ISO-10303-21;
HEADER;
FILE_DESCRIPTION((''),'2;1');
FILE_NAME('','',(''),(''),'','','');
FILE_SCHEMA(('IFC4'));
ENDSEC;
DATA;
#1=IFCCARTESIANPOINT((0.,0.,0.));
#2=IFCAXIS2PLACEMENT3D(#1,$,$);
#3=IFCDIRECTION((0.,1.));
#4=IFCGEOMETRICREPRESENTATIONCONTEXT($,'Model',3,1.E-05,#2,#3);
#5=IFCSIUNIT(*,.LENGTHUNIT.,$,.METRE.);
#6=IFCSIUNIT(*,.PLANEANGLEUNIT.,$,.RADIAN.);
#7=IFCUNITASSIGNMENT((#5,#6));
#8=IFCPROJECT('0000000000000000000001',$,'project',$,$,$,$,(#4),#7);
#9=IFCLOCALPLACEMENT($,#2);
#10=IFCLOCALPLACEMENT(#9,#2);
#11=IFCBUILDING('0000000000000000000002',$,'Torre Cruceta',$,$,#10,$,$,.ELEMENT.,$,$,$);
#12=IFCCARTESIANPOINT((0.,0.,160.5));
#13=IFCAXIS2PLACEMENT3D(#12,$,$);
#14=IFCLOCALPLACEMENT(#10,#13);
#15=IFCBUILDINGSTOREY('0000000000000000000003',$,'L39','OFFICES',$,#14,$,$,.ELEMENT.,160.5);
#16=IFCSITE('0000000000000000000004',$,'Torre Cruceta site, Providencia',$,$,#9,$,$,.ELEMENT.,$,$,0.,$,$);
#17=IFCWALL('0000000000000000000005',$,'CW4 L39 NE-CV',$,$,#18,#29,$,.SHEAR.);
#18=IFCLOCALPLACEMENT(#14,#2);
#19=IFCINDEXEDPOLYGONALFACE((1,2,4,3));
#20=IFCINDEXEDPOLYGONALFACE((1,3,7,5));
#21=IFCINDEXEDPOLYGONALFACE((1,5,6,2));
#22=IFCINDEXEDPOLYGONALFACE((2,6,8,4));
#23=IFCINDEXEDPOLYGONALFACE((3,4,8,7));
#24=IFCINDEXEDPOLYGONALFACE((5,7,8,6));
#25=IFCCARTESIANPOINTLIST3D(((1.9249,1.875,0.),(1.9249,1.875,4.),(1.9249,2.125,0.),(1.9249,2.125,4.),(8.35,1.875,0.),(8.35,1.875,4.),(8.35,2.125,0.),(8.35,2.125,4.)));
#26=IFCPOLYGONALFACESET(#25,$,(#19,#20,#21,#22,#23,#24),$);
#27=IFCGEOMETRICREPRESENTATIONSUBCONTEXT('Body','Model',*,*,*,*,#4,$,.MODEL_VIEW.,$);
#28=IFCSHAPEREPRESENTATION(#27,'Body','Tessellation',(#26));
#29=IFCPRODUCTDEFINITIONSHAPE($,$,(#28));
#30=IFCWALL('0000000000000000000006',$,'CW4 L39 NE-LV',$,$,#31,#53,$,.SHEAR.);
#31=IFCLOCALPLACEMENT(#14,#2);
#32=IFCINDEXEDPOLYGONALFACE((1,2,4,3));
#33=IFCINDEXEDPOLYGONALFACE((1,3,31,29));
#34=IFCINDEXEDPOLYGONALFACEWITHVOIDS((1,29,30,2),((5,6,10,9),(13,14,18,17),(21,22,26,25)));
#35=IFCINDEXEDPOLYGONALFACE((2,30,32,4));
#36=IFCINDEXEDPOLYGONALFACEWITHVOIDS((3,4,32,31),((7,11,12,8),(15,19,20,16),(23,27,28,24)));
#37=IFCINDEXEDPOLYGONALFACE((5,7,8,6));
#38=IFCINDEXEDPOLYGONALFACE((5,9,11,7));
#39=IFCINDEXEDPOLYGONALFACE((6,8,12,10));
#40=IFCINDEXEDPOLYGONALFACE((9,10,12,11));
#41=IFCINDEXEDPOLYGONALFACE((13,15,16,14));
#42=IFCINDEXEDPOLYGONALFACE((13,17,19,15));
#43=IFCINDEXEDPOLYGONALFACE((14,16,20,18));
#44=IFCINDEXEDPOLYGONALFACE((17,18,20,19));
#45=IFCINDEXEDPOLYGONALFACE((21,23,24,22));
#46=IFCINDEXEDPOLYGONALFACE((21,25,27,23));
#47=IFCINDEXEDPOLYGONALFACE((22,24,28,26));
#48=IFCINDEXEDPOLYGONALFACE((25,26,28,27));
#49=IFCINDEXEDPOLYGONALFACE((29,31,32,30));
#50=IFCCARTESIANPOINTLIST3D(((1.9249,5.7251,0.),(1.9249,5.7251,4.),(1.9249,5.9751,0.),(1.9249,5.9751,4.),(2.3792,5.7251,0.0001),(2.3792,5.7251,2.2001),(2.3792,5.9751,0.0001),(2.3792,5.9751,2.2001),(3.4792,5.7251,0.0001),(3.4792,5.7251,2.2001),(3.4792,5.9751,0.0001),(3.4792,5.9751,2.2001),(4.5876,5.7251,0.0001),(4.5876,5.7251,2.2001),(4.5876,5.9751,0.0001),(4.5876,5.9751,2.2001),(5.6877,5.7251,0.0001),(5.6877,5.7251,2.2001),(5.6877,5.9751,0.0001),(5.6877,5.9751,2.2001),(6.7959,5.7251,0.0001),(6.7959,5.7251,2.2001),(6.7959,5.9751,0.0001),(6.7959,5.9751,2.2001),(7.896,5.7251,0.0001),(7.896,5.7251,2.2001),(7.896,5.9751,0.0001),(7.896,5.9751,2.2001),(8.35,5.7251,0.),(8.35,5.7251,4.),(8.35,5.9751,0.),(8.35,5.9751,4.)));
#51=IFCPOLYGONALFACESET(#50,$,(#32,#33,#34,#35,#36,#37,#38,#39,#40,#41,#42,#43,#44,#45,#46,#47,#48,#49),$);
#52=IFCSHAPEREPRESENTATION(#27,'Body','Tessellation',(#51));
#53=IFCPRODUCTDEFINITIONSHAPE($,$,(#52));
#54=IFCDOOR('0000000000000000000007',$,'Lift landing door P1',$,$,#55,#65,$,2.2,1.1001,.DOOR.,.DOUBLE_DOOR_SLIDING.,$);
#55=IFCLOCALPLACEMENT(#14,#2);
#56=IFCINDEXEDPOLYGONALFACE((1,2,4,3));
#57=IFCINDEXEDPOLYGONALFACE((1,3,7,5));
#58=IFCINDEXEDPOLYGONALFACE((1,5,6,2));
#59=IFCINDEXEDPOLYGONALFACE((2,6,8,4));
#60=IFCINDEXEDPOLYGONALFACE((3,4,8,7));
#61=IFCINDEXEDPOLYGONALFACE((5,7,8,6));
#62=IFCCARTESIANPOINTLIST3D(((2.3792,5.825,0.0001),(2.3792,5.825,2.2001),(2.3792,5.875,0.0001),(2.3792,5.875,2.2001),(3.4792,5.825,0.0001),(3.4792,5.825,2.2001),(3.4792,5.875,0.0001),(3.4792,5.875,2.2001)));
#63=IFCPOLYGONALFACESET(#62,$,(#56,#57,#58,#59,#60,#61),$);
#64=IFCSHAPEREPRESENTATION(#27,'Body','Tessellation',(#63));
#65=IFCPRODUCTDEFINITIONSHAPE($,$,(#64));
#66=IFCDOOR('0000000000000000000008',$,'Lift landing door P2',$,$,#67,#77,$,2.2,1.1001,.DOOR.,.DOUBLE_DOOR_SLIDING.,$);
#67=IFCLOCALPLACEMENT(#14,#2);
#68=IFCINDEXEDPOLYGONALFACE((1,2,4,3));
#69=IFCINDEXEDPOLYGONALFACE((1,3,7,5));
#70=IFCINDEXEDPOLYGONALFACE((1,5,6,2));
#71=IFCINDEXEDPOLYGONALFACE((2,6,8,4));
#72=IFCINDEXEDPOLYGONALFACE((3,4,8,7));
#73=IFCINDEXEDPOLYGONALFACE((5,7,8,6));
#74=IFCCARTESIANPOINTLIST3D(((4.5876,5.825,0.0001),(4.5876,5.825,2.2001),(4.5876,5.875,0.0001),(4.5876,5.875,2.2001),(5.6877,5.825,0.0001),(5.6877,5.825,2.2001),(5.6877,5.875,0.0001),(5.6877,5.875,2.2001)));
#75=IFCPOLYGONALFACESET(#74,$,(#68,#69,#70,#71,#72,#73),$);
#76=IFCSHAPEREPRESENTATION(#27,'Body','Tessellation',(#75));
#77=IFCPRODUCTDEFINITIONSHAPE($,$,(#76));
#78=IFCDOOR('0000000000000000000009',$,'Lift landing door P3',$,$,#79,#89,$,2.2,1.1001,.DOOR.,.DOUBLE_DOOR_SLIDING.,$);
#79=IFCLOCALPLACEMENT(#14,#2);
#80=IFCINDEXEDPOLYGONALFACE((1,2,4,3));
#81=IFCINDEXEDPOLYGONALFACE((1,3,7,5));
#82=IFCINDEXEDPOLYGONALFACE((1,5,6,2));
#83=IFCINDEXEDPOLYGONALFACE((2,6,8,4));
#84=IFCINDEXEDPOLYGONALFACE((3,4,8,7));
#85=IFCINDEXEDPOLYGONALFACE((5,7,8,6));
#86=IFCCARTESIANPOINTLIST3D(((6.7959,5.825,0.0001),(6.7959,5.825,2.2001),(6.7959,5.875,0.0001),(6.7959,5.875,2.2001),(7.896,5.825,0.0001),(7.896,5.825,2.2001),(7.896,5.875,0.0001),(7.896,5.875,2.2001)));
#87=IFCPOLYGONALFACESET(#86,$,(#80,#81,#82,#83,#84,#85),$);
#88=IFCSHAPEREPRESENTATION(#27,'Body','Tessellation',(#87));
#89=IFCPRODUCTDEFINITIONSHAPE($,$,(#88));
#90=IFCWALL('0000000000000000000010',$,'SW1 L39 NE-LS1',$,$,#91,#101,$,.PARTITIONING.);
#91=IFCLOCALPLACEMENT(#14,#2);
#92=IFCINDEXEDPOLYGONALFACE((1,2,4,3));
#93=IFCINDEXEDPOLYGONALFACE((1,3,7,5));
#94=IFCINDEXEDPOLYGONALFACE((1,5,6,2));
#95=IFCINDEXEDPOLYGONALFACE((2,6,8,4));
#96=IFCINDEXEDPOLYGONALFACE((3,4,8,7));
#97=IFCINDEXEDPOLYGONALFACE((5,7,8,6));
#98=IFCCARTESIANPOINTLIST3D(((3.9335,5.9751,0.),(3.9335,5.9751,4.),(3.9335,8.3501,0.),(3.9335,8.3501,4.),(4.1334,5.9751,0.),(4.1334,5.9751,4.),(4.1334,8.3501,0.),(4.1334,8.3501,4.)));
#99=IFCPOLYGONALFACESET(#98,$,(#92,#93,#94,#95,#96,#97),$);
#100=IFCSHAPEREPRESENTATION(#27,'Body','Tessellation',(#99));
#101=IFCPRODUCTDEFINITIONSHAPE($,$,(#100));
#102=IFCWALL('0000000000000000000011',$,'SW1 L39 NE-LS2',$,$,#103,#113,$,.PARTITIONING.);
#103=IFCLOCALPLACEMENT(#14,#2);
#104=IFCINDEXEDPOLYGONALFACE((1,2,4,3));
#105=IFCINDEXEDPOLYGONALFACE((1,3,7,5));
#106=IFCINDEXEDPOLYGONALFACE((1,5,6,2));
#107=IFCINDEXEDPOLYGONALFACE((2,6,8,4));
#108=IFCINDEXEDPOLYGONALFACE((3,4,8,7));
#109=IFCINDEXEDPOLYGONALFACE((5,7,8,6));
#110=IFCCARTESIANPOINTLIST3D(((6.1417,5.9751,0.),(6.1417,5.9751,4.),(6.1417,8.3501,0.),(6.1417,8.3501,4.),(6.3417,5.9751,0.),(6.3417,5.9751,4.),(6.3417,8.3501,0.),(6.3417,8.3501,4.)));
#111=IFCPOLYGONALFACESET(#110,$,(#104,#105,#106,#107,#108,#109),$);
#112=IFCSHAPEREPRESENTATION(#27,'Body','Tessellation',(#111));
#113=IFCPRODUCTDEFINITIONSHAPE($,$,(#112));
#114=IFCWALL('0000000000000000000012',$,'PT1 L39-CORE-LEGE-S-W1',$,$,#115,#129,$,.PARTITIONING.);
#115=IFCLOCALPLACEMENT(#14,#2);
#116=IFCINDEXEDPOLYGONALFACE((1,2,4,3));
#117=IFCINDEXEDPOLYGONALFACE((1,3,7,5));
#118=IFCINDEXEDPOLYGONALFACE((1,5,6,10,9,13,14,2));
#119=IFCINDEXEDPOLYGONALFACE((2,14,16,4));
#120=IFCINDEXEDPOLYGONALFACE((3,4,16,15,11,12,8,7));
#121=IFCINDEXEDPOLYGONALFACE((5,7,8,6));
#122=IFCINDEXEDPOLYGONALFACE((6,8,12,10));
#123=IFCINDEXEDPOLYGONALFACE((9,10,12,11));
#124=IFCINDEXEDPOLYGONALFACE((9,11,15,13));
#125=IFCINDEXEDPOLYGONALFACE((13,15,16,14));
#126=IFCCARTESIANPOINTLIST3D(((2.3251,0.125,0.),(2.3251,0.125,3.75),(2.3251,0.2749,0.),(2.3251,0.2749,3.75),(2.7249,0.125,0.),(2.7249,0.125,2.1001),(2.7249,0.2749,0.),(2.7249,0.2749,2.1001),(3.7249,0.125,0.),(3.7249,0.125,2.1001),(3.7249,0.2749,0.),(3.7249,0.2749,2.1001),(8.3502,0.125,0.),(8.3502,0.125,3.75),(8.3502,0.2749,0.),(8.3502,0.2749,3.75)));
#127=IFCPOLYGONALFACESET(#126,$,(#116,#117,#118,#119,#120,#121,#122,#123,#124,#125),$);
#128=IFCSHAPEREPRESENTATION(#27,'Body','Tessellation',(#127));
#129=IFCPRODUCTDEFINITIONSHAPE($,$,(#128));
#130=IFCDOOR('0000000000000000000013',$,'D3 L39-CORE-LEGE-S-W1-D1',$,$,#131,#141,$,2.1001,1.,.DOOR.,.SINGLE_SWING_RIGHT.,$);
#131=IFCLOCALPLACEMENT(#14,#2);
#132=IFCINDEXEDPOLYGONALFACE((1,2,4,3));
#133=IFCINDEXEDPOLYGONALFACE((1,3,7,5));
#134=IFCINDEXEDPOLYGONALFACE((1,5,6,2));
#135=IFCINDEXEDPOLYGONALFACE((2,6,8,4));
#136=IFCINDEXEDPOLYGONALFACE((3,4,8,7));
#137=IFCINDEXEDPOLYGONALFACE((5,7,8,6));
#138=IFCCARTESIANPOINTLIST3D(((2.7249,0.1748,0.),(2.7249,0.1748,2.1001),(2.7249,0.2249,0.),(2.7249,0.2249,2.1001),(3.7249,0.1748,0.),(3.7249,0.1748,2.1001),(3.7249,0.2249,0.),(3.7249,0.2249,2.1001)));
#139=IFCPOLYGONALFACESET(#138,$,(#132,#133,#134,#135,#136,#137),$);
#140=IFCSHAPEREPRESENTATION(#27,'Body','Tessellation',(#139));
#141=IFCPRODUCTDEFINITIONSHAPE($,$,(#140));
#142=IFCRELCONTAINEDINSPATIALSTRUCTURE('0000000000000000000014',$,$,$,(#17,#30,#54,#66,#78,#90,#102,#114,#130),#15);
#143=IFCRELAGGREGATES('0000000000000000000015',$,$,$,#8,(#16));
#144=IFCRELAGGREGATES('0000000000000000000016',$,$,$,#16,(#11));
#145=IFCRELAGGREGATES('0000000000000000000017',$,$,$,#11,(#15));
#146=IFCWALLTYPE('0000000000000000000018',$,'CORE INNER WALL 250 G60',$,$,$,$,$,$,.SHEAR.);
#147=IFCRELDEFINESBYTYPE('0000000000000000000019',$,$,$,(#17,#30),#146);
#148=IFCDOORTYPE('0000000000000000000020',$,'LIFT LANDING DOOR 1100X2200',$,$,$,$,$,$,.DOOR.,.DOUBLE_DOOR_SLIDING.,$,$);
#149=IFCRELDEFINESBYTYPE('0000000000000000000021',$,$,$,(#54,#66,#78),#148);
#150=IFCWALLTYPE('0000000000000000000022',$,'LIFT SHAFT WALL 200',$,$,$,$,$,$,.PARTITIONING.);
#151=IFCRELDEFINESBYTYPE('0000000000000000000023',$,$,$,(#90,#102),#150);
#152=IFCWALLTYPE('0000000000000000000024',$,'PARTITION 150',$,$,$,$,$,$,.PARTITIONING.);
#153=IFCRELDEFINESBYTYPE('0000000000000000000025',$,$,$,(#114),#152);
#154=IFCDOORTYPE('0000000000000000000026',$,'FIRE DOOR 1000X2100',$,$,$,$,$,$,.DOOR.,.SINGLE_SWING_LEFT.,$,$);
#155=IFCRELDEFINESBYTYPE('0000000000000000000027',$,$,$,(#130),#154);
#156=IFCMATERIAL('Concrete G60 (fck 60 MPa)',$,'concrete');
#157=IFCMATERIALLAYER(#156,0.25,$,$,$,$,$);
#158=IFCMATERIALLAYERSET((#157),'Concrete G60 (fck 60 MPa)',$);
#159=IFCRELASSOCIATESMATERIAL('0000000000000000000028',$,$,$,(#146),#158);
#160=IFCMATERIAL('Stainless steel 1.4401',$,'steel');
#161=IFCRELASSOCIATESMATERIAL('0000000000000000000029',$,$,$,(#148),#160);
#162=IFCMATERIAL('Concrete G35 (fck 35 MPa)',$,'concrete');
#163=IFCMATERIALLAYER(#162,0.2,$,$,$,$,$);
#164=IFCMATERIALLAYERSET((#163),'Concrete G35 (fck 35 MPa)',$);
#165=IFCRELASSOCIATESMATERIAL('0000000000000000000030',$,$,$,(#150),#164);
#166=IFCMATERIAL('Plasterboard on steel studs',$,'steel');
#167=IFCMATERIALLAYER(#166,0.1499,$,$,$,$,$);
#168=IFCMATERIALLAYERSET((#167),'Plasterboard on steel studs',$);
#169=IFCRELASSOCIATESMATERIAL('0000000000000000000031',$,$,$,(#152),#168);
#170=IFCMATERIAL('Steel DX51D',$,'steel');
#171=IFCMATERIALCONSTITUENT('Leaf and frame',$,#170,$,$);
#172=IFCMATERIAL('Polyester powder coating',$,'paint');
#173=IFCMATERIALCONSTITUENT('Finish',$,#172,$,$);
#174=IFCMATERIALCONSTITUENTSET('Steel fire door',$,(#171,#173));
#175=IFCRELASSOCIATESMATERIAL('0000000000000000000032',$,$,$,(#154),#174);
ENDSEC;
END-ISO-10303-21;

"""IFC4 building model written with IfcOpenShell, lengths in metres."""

from ifc_helpers import new_model, si_unit, direction, frame, frame_2d, origin, place, context, subcontext, project, spatial, rectangle, extrude, material, layer, layer_set, constituent, constituent_set, type_object, element, fill, save


model = new_model("IFC4")

# Units and contexts
model_context = context("Model", 3, precision=1e-05, world=origin(), true_north=direction((0.0, 1.0)))
body_context = subcontext(model_context, "Body", "Model", "MODEL_VIEW")
ifc_project = project(units=[si_unit("LENGTHUNIT", "METRE"), si_unit("PLANEANGLEUNIT", "RADIAN")], contexts=[model_context])

# Site, building, storey
site_placement = place(None, origin())
site = spatial("IfcSite", under=ifc_project, at=site_placement, Name="Torre Cruceta site, Providencia", CompositionType="ELEMENT", RefElevation=0.0)
building_placement = place(site_placement, origin())
building = spatial("IfcBuilding", under=site, at=building_placement, Name="Torre Cruceta", CompositionType="ELEMENT")
storey_placement = place(building_placement, frame((0.0, 0.0, 160.5)))
storey = spatial("IfcBuildingStorey", under=building, at=storey_placement, Name="L39", Description="OFFICES", CompositionType="ELEMENT", Elevation=160.5)

# Shared definitions
ifc_material_1 = material(Name="Concrete G60 (fck 60 MPa)", Category="concrete")
ifc_layer_1 = layer(ifc_material_1, 0.25)
ifc_layer_set_1 = layer_set([ifc_layer_1], Name="Concrete G60 (fck 60 MPa)")
wall_type_1 = type_object("IfcWallType", Name="CORE INNER WALL 250 G60", PredefinedType="SHEAR", material=ifc_layer_set_1)

# Wall
wall_1_placement = place(storey_placement, frame((1.925, 2.0, 0.0), z_axis=(0.0, 0.0, 1.0), x_axis=(1.0, 0.0, 0.0)))
element("IfcWall", 1, at=wall_1_placement, inside=storey, type_object=wall_type_1, Name="CW4 L39 NE-CV", PredefinedType="SHEAR", context=body_context, shape_type="SweptSolid", body=[
    extrude(rectangle(XDim=6.425, YDim=0.25, at=frame_2d((3.2124, 0.0))), origin(), (0.0, 0.0, 1.0), 4.0),
])

# Wall, openings, doors
wall_2_placement = place(storey_placement, frame((1.925, 5.8501, 0.0), z_axis=(0.0, 0.0, 1.0), x_axis=(1.0, 0.0, 0.0)))
wall_2 = element("IfcWall", 2, at=wall_2_placement, inside=storey, type_object=wall_type_1, Name="CW4 L39 NE-LV", PredefinedType="SHEAR", context=body_context, shape_type="SweptSolid", body=[
    extrude(rectangle(XDim=6.425, YDim=0.25, at=frame_2d((3.2124, 0.0))), origin(), (0.0, 0.0, 1.0), 4.0),
])
opening_1_placement = place(wall_2_placement, frame((0.4541, 0.0, 0.0)))
opening_1 = element("IfcOpeningElement", 3, at=opening_1_placement, cuts=wall_2, PredefinedType="OPENING", context=body_context, shape_type="SweptSolid", body=[
    extrude(rectangle(XDim=1.1001, YDim=2.2, at=frame_2d((0.55, 1.1001))), frame((0.0, 0.135, 0.0), z_axis=(0.0, -1.0, 0.0), x_axis=(1.0, 0.0, 0.0)), (0.0, 0.0, 1.0), 0.27),
])
opening_2_placement = place(wall_2_placement, frame((2.6626, 0.0, 0.0)))
opening_2 = element("IfcOpeningElement", 4, at=opening_2_placement, cuts=wall_2, PredefinedType="OPENING", context=body_context, shape_type="SweptSolid", body=[
    extrude(rectangle(XDim=1.1001, YDim=2.2, at=frame_2d((0.55, 1.1001))), frame((0.0, 0.135, 0.0), z_axis=(0.0, -1.0, 0.0), x_axis=(1.0, 0.0, 0.0)), (0.0, 0.0, 1.0), 0.27),
])
opening_3_placement = place(wall_2_placement, frame((4.8708, 0.0, 0.0)))
opening_3 = element("IfcOpeningElement", 5, at=opening_3_placement, cuts=wall_2, PredefinedType="OPENING", context=body_context, shape_type="SweptSolid", body=[
    extrude(rectangle(XDim=1.1001, YDim=2.2, at=frame_2d((0.55, 1.1001))), frame((0.0, 0.135, 0.0), z_axis=(0.0, -1.0, 0.0), x_axis=(1.0, 0.0, 0.0)), (0.0, 0.0, 1.0), 0.27),
])
ifc_material_2 = material(Name="Stainless steel 1.4401", Category="steel")
door_type_1 = type_object("IfcDoorType", Name="LIFT LANDING DOOR 1100X2200", OperationType="DOUBLE_DOOR_SLIDING", PredefinedType="DOOR", material=ifc_material_2)
door_1_placement = place(opening_1_placement, origin())
door_1 = element("IfcDoor", 6, at=door_1_placement, inside=storey, type_object=door_type_1, Name="Lift landing door P1", OperationType="DOUBLE_DOOR_SLIDING", OverallHeight=2.2, OverallWidth=1.1001, PredefinedType="DOOR", context=body_context, shape_type="SweptSolid", body=[
    extrude(rectangle(XDim=1.1001, YDim=2.2, at=frame_2d((0.55, 1.1001))), frame((0.0, 0.0249, 0.0), z_axis=(0.0, -1.0, 0.0), x_axis=(1.0, 0.0, 0.0)), (0.0, 0.0, 1.0), 0.05),
])
fill(opening_1, door_1)
door_2_placement = place(opening_2_placement, origin())
door_2 = element("IfcDoor", 7, at=door_2_placement, inside=storey, type_object=door_type_1, Name="Lift landing door P2", OperationType="DOUBLE_DOOR_SLIDING", OverallHeight=2.2, OverallWidth=1.1001, PredefinedType="DOOR", context=body_context, shape_type="SweptSolid", body=[
    extrude(rectangle(XDim=1.1001, YDim=2.2, at=frame_2d((0.55, 1.1001))), frame((0.0, 0.0249, 0.0), z_axis=(0.0, -1.0, 0.0), x_axis=(1.0, 0.0, 0.0)), (0.0, 0.0, 1.0), 0.05),
])
fill(opening_2, door_2)
door_3_placement = place(opening_3_placement, origin())
door_3 = element("IfcDoor", 8, at=door_3_placement, inside=storey, type_object=door_type_1, Name="Lift landing door P3", OperationType="DOUBLE_DOOR_SLIDING", OverallHeight=2.2, OverallWidth=1.1001, PredefinedType="DOOR", context=body_context, shape_type="SweptSolid", body=[
    extrude(rectangle(XDim=1.1001, YDim=2.2, at=frame_2d((0.55, 1.1001))), frame((0.0, 0.0249, 0.0), z_axis=(0.0, -1.0, 0.0), x_axis=(1.0, 0.0, 0.0)), (0.0, 0.0, 1.0), 0.05),
])
fill(opening_3, door_3)

# Walls
ifc_material_3 = material(Name="Concrete G35 (fck 35 MPa)", Category="concrete")
ifc_layer_2 = layer(ifc_material_3, 0.2)
ifc_layer_set_2 = layer_set([ifc_layer_2], Name="Concrete G35 (fck 35 MPa)")
wall_type_2 = type_object("IfcWallType", Name="LIFT SHAFT WALL 200", PredefinedType="PARTITIONING", material=ifc_layer_set_2)
for number, where, z_axis, x_axis, name in (
    (9, (4.0334, 5.9751, 0.0), (0.0, 0.0, 1.0), (0.0, 1.0, 0.0), "SW1 L39 NE-LS1"),
    (10, (6.2417, 5.9751, 0.0), (0.0, 0.0, 1.0), (0.0, 1.0, 0.0), "SW1 L39 NE-LS2"),
):
    element("IfcWall", number, at=place(storey_placement, frame(where, z_axis=z_axis, x_axis=x_axis)), inside=storey, type_object=wall_type_2, Name=name, PredefinedType="PARTITIONING", context=body_context, shape_type="SweptSolid", body=[
        extrude(rectangle(XDim=2.375, YDim=0.2, at=frame_2d((1.1875, 0.0))), origin(), (0.0, 0.0, 1.0), 4.0),
    ])

# Wall, opening, door
ifc_material_4 = material(Name="Plasterboard on steel studs", Category="steel")
ifc_layer_3 = layer(ifc_material_4, 0.1499)
ifc_layer_set_3 = layer_set([ifc_layer_3], Name="Plasterboard on steel studs")
wall_type_3 = type_object("IfcWallType", Name="PARTITION 150", PredefinedType="PARTITIONING", material=ifc_layer_set_3)
wall_3_placement = place(storey_placement, frame((2.325, 0.2, 0.0), z_axis=(0.0, 0.0, 1.0), x_axis=(1.0, 0.0, 0.0)))
wall_3 = element("IfcWall", 11, at=wall_3_placement, inside=storey, type_object=wall_type_3, Name="PT1 L39-CORE-LEGE-S-W1", PredefinedType="PARTITIONING", context=body_context, shape_type="SweptSolid", body=[
    extrude(rectangle(XDim=6.0251, YDim=0.1499, at=frame_2d((3.0127, 0.0))), origin(), (0.0, 0.0, 1.0), 3.75),
])
opening_4_placement = place(wall_3_placement, frame((0.3999, 0.0, 0.0)))
opening_4 = element("IfcOpeningElement", 12, at=opening_4_placement, cuts=wall_3, PredefinedType="OPENING", context=body_context, shape_type="SweptSolid", body=[
    extrude(rectangle(XDim=1.0, YDim=2.1001, at=frame_2d((0.5, 1.05))), frame((0.0, 0.085, 0.0), z_axis=(0.0, -1.0, 0.0), x_axis=(1.0, 0.0, 0.0)), (0.0, 0.0, 1.0), 0.1699),
])
ifc_material_5 = material(Name="Steel DX51D", Category="steel")
ifc_constituent_1 = constituent(ifc_material_5, Name="Leaf and frame")
ifc_material_6 = material(Name="Polyester powder coating", Category="paint")
ifc_constituent_2 = constituent(ifc_material_6, Name="Finish")
ifc_constituent_set_1 = constituent_set(constituents=[ifc_constituent_1, ifc_constituent_2], Name="Steel fire door")
door_type_2 = type_object("IfcDoorType", Name="FIRE DOOR 1000X2100", OperationType="SINGLE_SWING_LEFT", PredefinedType="DOOR", material=ifc_constituent_set_1)
door_4_placement = place(opening_4_placement, frame((1.0, 0.0, 0.0), z_axis=(0.0, 0.0, 1.0), x_axis=(-1.0, 0.0, 0.0)))
door_4 = element("IfcDoor", 13, at=door_4_placement, inside=storey, type_object=door_type_2, Name="D3 L39-CORE-LEGE-S-W1-D1", OperationType="SINGLE_SWING_RIGHT", OverallHeight=2.1001, OverallWidth=1.0, PredefinedType="DOOR", context=body_context, shape_type="SweptSolid", body=[
    extrude(rectangle(XDim=1.0, YDim=2.1001, at=frame_2d((0.5, 1.05))), frame((0.0, 0.0251, 0.0), z_axis=(0.0, -1.0, 0.0), x_axis=(1.0, 0.0, 0.0)), (0.0, 0.0, 1.0), 0.05),
])
fill(opening_4, door_4)

save(model, "model.ifc")
